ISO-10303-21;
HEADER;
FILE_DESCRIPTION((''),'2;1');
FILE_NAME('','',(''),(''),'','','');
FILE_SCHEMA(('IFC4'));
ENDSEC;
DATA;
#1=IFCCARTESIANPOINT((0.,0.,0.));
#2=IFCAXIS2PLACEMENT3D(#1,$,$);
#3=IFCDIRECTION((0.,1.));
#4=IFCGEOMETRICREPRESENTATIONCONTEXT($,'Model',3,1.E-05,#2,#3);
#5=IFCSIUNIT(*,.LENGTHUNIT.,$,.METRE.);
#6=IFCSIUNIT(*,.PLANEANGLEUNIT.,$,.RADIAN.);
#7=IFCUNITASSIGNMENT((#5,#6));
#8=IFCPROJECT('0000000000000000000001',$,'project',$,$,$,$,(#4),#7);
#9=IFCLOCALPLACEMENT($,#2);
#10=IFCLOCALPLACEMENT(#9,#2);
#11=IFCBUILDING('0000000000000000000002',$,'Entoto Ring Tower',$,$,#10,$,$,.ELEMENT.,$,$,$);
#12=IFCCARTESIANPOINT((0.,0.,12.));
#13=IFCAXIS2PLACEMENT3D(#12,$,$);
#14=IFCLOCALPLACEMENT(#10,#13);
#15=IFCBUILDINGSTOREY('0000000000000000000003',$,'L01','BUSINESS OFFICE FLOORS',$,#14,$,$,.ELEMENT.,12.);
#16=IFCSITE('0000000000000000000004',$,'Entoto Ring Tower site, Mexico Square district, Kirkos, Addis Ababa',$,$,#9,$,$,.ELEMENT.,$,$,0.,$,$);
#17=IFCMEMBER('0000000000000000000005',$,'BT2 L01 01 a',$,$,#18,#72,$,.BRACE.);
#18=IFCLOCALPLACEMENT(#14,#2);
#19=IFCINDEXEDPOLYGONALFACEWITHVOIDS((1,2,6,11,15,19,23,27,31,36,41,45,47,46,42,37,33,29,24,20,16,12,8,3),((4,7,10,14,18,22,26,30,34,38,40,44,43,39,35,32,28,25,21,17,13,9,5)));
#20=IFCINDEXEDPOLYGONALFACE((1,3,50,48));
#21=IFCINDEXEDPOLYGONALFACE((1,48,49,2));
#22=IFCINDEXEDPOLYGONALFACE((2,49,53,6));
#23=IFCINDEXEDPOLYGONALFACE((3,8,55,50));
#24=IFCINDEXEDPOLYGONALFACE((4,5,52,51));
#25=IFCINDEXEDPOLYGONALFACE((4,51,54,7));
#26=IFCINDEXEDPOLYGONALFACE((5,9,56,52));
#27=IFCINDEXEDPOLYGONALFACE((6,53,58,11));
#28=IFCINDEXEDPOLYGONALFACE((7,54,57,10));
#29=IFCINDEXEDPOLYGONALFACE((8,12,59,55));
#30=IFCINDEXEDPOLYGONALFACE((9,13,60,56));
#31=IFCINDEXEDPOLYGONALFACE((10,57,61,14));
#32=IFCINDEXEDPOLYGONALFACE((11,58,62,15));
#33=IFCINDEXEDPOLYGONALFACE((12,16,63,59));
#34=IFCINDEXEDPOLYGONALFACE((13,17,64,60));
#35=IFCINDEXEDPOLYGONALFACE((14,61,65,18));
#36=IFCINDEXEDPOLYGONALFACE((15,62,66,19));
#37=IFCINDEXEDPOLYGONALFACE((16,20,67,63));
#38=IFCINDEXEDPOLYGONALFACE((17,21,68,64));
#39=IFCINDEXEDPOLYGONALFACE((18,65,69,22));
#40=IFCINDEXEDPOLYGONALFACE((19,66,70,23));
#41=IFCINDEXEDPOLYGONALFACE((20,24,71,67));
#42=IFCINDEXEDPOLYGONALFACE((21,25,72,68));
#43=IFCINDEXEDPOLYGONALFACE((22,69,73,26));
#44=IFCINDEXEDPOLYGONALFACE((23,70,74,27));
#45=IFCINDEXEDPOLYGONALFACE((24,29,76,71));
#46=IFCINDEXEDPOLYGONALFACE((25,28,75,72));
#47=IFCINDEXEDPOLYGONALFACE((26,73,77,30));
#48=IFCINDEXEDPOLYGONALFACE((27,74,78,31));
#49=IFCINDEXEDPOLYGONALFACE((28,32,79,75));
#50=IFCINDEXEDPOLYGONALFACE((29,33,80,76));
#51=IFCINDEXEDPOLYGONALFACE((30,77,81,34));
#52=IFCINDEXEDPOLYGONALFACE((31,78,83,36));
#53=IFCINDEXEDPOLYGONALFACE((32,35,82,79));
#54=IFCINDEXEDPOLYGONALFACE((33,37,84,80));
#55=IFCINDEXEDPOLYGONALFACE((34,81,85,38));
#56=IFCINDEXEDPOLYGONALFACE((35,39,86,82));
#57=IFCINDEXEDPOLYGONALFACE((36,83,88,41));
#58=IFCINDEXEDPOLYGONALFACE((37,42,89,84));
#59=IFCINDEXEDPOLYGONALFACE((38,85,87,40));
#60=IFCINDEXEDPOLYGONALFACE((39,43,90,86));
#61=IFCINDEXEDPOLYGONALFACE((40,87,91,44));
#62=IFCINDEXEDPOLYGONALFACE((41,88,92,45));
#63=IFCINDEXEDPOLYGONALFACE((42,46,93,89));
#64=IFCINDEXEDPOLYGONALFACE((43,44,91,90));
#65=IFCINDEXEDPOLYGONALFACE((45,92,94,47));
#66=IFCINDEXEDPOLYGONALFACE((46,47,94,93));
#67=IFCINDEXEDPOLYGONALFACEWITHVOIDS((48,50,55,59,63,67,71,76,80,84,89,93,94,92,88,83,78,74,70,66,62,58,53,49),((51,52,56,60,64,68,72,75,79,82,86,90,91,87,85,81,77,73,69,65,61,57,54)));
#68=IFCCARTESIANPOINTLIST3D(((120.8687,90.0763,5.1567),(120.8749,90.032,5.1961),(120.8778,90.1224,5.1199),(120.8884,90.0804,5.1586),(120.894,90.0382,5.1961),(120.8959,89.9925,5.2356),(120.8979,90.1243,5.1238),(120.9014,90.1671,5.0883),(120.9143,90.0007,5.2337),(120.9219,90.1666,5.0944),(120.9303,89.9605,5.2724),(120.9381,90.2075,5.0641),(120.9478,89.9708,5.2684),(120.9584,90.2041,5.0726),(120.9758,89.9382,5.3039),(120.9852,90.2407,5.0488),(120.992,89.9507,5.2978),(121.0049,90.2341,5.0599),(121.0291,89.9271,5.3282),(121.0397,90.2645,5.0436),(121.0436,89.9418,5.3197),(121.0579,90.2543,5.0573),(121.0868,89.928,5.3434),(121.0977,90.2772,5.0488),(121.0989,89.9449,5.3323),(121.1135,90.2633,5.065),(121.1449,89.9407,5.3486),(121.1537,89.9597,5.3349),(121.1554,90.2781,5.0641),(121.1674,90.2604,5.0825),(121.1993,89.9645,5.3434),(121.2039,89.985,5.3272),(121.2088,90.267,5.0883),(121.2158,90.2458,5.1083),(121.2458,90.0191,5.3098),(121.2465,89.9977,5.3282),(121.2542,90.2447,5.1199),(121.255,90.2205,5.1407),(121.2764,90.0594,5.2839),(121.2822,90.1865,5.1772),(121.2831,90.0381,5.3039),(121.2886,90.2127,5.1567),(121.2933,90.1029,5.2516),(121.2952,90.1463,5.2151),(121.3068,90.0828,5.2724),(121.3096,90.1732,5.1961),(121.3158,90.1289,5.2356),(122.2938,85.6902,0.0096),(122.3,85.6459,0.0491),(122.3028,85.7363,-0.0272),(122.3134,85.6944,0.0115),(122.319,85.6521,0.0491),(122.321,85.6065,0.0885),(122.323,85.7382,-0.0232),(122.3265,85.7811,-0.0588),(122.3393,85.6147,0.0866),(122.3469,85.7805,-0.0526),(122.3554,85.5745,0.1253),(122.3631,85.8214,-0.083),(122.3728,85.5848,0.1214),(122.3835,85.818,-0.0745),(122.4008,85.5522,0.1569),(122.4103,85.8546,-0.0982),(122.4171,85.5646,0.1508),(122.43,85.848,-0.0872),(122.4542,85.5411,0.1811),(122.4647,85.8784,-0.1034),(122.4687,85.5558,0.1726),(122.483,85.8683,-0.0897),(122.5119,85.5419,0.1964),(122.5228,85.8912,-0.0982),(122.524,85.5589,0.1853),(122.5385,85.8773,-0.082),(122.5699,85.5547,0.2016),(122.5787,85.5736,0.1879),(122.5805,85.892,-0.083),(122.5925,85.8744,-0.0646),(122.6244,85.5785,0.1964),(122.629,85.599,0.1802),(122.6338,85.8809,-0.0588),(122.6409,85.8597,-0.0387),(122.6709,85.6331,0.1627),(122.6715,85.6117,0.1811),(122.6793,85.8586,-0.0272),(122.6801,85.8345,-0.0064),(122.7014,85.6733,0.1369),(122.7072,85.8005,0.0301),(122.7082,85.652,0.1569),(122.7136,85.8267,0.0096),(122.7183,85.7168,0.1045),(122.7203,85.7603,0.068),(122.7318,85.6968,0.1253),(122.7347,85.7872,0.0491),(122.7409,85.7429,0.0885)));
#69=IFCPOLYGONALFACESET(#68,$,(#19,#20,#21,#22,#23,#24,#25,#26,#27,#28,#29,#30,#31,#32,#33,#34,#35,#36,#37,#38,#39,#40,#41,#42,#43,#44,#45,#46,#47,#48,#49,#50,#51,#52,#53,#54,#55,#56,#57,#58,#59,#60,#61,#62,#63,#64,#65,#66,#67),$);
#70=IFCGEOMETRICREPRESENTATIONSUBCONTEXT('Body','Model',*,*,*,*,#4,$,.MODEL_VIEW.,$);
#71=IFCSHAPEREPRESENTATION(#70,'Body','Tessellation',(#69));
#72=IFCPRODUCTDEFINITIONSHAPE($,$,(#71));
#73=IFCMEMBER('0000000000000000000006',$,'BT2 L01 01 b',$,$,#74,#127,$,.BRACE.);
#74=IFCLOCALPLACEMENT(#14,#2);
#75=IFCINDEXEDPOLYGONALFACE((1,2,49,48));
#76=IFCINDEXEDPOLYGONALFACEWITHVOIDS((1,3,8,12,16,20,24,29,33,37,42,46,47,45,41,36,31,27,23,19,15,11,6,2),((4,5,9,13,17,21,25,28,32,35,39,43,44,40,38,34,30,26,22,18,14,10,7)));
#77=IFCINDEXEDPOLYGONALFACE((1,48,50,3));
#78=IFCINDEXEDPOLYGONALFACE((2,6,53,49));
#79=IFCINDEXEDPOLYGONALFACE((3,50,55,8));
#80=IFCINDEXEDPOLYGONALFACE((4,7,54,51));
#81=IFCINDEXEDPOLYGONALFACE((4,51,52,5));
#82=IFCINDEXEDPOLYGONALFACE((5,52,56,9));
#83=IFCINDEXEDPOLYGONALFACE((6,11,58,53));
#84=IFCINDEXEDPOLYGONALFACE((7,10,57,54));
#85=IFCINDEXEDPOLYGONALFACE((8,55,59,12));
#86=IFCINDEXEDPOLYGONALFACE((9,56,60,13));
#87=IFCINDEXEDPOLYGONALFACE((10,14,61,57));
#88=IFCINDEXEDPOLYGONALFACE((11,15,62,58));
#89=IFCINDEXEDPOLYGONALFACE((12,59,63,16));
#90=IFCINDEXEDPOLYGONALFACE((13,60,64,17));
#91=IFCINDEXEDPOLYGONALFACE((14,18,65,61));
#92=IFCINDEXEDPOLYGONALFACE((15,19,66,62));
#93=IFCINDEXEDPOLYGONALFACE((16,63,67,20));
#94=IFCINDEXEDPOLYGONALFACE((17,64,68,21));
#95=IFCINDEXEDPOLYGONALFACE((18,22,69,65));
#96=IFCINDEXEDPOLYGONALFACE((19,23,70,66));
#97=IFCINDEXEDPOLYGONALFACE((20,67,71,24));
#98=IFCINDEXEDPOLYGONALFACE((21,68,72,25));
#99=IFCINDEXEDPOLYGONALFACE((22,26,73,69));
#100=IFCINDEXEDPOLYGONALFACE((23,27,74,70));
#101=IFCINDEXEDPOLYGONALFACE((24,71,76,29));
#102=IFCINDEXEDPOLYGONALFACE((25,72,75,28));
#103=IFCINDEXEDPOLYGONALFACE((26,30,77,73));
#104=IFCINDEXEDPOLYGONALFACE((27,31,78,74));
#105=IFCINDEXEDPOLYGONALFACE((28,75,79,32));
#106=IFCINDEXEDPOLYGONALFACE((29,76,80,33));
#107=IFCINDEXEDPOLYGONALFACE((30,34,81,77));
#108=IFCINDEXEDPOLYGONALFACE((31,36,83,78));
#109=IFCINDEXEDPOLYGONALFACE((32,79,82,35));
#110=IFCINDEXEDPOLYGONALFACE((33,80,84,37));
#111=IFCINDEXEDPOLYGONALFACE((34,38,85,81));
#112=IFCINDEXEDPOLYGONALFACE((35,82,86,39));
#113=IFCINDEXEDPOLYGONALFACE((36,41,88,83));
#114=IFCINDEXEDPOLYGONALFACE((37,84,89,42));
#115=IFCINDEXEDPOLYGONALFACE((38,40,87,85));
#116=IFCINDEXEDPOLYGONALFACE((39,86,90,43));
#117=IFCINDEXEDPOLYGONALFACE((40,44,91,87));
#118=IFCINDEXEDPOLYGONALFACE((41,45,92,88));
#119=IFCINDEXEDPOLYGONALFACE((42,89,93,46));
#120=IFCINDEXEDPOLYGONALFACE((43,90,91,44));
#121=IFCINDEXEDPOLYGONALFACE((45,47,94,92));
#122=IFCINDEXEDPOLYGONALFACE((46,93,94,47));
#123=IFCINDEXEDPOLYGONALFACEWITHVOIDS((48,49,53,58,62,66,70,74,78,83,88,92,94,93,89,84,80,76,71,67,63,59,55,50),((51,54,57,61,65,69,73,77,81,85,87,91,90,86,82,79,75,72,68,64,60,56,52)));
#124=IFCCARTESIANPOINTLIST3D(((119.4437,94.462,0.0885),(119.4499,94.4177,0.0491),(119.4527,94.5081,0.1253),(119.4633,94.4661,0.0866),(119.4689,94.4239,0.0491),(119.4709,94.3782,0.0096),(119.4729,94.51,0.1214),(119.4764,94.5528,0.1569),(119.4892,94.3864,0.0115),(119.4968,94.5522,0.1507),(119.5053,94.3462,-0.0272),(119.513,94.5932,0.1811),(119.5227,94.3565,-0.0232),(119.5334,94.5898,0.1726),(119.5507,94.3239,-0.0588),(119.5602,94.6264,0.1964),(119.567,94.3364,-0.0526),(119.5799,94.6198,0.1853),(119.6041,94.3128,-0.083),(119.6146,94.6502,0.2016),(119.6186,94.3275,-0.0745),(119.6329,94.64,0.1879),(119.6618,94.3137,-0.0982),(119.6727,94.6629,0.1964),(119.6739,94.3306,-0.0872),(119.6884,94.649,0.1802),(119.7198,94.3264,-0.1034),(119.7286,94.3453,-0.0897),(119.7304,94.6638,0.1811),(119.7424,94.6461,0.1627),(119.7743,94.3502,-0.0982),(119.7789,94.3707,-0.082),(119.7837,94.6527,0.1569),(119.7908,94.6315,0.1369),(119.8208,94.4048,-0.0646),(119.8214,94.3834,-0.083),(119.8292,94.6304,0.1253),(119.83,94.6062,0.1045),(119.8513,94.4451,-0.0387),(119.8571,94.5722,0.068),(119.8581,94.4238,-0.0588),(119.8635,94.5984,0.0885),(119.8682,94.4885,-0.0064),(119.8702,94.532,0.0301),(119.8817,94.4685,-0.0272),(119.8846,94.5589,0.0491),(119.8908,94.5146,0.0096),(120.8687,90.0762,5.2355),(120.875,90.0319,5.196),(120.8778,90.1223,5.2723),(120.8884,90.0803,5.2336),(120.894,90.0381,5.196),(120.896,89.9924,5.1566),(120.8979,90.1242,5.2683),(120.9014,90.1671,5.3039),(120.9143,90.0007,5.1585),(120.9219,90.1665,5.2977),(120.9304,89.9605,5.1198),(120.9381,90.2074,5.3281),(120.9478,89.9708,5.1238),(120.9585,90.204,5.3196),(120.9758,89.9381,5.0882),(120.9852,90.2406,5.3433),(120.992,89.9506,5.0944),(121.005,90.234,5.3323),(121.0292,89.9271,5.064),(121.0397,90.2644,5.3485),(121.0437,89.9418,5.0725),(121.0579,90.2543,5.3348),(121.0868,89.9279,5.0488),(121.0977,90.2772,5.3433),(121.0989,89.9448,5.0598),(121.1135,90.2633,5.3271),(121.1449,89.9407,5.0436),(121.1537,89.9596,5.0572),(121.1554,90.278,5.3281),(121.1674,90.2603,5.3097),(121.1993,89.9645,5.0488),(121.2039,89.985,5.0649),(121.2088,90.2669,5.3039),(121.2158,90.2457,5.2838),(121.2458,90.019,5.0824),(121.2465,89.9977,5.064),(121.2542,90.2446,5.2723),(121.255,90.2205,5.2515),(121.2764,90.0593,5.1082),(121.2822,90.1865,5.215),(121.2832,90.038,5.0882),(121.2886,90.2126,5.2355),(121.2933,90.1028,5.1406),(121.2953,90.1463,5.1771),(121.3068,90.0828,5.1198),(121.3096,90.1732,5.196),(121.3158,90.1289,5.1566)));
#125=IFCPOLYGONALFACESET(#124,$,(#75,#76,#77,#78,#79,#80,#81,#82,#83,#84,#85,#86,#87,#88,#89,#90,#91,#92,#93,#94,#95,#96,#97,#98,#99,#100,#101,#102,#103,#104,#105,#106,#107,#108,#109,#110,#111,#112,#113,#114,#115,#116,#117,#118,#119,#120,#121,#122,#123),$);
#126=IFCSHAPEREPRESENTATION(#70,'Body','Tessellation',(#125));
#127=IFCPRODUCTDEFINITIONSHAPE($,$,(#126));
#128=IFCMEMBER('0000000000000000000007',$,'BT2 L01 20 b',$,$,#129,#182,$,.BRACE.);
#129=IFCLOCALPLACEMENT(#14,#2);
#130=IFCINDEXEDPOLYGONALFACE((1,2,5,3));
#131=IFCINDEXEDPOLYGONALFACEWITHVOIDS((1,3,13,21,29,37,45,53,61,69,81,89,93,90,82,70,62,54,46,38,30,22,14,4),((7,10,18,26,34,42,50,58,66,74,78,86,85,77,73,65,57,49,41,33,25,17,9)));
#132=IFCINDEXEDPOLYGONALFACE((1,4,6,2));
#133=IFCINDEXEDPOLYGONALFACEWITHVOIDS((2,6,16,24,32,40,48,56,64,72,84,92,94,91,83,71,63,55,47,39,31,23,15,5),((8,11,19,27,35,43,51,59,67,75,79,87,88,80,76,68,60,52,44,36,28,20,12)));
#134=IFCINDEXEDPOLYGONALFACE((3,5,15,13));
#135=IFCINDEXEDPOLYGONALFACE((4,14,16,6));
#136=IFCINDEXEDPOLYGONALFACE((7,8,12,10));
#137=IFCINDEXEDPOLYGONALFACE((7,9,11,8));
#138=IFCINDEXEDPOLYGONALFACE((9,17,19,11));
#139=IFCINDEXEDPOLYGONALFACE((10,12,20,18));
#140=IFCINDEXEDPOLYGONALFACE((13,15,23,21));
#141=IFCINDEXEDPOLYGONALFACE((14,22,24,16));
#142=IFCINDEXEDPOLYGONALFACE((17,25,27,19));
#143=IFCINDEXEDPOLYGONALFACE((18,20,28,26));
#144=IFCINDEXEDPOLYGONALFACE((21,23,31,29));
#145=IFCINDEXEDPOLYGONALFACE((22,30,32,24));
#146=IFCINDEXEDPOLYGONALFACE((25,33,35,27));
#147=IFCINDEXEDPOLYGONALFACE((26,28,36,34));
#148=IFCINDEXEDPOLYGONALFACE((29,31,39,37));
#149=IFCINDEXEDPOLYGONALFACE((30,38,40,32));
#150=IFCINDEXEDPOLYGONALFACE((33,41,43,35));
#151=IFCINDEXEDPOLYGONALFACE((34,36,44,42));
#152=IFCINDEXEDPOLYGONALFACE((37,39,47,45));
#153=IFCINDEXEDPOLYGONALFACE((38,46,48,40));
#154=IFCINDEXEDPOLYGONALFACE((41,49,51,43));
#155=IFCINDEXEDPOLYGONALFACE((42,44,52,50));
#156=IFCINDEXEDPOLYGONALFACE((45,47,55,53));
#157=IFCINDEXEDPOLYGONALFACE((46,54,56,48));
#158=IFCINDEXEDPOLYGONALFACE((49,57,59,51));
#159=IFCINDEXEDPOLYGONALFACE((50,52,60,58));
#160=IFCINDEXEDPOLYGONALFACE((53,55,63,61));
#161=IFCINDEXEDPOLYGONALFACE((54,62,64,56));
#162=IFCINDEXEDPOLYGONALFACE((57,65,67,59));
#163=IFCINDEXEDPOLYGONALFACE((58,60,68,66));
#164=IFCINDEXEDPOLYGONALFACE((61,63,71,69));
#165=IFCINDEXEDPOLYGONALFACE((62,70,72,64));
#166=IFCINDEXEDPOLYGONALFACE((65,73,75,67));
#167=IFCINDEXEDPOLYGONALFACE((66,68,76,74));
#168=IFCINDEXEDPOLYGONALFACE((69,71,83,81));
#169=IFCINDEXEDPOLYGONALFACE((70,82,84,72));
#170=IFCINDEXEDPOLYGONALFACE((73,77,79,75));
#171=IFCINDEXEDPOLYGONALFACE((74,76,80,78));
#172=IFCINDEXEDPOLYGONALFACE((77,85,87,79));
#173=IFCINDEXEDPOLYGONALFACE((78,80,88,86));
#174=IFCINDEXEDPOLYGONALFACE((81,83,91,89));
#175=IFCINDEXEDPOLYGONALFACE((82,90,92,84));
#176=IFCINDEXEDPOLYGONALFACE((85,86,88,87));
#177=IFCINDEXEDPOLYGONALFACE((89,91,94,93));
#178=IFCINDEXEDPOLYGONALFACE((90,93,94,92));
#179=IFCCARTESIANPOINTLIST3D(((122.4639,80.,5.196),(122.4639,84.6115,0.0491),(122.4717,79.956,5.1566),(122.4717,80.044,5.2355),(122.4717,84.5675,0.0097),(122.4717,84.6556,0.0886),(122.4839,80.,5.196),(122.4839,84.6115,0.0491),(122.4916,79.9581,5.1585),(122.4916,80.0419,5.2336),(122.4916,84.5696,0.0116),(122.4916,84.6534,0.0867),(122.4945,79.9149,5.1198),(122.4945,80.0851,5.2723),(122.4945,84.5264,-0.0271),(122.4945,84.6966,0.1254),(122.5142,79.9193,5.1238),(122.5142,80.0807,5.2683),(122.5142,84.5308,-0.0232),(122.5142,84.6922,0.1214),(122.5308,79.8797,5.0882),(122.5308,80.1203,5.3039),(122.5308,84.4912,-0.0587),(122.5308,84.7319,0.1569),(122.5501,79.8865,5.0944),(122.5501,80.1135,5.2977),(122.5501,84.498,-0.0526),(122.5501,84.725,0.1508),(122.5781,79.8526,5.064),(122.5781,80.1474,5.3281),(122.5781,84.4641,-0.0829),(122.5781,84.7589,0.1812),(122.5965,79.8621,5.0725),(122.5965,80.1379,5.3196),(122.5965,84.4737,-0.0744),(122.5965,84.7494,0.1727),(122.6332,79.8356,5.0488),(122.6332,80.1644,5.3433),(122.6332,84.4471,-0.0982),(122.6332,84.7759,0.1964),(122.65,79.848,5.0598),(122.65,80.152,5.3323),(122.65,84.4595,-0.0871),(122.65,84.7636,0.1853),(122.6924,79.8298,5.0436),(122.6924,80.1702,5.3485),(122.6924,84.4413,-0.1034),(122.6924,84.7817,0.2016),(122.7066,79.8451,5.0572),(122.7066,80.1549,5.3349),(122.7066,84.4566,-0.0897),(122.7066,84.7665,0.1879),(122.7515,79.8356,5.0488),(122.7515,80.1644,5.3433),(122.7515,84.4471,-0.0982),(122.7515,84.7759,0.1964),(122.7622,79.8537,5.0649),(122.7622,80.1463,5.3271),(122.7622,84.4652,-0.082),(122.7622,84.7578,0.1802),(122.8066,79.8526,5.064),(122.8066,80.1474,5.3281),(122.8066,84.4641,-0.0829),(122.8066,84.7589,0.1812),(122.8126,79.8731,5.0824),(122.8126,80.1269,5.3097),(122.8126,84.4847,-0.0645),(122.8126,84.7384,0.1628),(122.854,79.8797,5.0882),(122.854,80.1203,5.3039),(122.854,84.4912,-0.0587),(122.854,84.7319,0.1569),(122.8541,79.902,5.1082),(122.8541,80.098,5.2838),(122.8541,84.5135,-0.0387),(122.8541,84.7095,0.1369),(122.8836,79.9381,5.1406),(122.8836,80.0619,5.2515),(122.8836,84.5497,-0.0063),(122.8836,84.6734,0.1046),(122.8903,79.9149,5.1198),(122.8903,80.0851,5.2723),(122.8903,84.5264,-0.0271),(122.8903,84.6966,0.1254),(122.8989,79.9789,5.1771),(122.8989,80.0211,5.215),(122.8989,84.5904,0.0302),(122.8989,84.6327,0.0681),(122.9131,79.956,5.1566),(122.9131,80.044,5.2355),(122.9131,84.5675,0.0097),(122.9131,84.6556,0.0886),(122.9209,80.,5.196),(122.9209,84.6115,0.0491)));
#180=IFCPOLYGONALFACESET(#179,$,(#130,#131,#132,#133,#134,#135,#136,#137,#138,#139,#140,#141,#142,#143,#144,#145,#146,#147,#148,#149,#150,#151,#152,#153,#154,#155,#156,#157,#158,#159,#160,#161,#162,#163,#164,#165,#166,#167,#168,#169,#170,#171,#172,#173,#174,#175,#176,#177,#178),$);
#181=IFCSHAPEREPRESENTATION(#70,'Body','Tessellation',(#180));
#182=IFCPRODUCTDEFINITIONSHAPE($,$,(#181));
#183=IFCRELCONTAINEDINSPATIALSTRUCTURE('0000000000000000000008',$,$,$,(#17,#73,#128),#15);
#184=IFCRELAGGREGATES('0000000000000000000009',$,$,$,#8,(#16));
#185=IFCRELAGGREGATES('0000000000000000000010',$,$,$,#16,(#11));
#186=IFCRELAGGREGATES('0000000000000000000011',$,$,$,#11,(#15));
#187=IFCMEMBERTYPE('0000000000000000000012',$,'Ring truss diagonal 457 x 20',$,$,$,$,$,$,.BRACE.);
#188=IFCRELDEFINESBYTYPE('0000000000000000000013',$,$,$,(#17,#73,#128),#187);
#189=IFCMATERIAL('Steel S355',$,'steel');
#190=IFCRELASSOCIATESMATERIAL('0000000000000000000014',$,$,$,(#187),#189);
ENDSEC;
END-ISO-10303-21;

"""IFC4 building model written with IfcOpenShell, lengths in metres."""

from ifc_helpers import new_model, si_unit, direction, frame, origin, origin_2d, place, context, subcontext, project, spatial, circle, hollow_circle, extrude, material, material_profile, profile_set, type_object, element, save


model = new_model("IFC4")

# Units and contexts
model_context = context("Model", 3, precision=1e-05, world=origin(), true_north=direction((0.0, 1.0)))
body_context = subcontext(model_context, "Body", "Model", "MODEL_VIEW")
ifc_project = project(units=[si_unit("LENGTHUNIT", "METRE"), si_unit("PLANEANGLEUNIT", "RADIAN")], contexts=[model_context])

# Site, building, storey
site_placement = place(None, origin())
site = spatial("IfcSite", under=ifc_project, at=site_placement, Name="Entoto Ring Tower site, Mexico Square district, Kirkos, Addis Ababa", CompositionType="ELEMENT", RefElevation=0.0)
building_placement = place(site_placement, origin())
building = spatial("IfcBuilding", under=site, at=building_placement, Name="Entoto Ring Tower", CompositionType="ELEMENT")
storey_placement = place(building_placement, frame((0.0, 0.0, 12.0)))
storey = spatial("IfcBuildingStorey", under=building, at=storey_placement, Name="L01", Description="BUSINESS OFFICE FLOORS", CompositionType="ELEMENT", Elevation=12.0)

# Members
ifc_material_1 = material(Name="Steel S355", Category="steel")
ifc_material_profile_1 = material_profile(ifc_material_1, hollow_circle(Radius=0.2285, WallThickness=0.02, at=origin_2d()), Name="CHS 457 x 20")
ifc_material_2 = material(Name="Concrete C60/75", Category="concrete")
ifc_material_profile_2 = material_profile(ifc_material_2, circle(Radius=0.2085, at=origin_2d()), Name="Concrete C60/75 infill")
ifc_profile_set_1 = profile_set([ifc_material_profile_1, ifc_material_profile_2], Name="Steel S355")
member_type_1 = type_object("IfcMemberType", Name="Ring truss diagonal 457 x 20", PredefinedType="BRACE", material=ifc_profile_set_1)
member_1_placement = place(storey_placement, frame((122.5173, 85.7166, 0.0491), z_axis=(-0.206206, 0.634658, 0.744774), x_axis=(-0.951059, -0.309008, 0.0)))
element("IfcMember", 1, at=member_1_placement, inside=storey, type_object=member_type_1, Name="BT2 L01 01 a", PredefinedType="BRACE", context=body_context, shape_type="SweptSolid", body=[
    extrude(hollow_circle(Radius=0.2285, WallThickness=0.02, at=origin_2d()), origin(), (0.0, 0.0, 1.0), 6.9109),
])
for number, where, z_axis, x_axis, name in (
    (2, (121.0923, 90.1025, 5.196), (-0.206211, 0.634637, -0.744791), (-0.951054, -0.309024, 0.0), "BT2 L01 01 b"),
    (3, (122.6924, 80.0, 5.196), (0.0, 0.667308, -0.744782), (-1.0, 0.0, 0.0), "BT2 L01 20 b"),
):
    element("IfcMember", number, at=place(storey_placement, frame(where, z_axis=z_axis, x_axis=x_axis)), inside=storey, type_object=member_type_1, Name=name, PredefinedType="BRACE", context=body_context, shape_type="SweptSolid", body=[
        extrude(hollow_circle(Radius=0.2285, WallThickness=0.02, at=origin_2d()), origin(), (0.0, 0.0, 1.0), 6.9106),
    ])

save(model, "model.ifc")
